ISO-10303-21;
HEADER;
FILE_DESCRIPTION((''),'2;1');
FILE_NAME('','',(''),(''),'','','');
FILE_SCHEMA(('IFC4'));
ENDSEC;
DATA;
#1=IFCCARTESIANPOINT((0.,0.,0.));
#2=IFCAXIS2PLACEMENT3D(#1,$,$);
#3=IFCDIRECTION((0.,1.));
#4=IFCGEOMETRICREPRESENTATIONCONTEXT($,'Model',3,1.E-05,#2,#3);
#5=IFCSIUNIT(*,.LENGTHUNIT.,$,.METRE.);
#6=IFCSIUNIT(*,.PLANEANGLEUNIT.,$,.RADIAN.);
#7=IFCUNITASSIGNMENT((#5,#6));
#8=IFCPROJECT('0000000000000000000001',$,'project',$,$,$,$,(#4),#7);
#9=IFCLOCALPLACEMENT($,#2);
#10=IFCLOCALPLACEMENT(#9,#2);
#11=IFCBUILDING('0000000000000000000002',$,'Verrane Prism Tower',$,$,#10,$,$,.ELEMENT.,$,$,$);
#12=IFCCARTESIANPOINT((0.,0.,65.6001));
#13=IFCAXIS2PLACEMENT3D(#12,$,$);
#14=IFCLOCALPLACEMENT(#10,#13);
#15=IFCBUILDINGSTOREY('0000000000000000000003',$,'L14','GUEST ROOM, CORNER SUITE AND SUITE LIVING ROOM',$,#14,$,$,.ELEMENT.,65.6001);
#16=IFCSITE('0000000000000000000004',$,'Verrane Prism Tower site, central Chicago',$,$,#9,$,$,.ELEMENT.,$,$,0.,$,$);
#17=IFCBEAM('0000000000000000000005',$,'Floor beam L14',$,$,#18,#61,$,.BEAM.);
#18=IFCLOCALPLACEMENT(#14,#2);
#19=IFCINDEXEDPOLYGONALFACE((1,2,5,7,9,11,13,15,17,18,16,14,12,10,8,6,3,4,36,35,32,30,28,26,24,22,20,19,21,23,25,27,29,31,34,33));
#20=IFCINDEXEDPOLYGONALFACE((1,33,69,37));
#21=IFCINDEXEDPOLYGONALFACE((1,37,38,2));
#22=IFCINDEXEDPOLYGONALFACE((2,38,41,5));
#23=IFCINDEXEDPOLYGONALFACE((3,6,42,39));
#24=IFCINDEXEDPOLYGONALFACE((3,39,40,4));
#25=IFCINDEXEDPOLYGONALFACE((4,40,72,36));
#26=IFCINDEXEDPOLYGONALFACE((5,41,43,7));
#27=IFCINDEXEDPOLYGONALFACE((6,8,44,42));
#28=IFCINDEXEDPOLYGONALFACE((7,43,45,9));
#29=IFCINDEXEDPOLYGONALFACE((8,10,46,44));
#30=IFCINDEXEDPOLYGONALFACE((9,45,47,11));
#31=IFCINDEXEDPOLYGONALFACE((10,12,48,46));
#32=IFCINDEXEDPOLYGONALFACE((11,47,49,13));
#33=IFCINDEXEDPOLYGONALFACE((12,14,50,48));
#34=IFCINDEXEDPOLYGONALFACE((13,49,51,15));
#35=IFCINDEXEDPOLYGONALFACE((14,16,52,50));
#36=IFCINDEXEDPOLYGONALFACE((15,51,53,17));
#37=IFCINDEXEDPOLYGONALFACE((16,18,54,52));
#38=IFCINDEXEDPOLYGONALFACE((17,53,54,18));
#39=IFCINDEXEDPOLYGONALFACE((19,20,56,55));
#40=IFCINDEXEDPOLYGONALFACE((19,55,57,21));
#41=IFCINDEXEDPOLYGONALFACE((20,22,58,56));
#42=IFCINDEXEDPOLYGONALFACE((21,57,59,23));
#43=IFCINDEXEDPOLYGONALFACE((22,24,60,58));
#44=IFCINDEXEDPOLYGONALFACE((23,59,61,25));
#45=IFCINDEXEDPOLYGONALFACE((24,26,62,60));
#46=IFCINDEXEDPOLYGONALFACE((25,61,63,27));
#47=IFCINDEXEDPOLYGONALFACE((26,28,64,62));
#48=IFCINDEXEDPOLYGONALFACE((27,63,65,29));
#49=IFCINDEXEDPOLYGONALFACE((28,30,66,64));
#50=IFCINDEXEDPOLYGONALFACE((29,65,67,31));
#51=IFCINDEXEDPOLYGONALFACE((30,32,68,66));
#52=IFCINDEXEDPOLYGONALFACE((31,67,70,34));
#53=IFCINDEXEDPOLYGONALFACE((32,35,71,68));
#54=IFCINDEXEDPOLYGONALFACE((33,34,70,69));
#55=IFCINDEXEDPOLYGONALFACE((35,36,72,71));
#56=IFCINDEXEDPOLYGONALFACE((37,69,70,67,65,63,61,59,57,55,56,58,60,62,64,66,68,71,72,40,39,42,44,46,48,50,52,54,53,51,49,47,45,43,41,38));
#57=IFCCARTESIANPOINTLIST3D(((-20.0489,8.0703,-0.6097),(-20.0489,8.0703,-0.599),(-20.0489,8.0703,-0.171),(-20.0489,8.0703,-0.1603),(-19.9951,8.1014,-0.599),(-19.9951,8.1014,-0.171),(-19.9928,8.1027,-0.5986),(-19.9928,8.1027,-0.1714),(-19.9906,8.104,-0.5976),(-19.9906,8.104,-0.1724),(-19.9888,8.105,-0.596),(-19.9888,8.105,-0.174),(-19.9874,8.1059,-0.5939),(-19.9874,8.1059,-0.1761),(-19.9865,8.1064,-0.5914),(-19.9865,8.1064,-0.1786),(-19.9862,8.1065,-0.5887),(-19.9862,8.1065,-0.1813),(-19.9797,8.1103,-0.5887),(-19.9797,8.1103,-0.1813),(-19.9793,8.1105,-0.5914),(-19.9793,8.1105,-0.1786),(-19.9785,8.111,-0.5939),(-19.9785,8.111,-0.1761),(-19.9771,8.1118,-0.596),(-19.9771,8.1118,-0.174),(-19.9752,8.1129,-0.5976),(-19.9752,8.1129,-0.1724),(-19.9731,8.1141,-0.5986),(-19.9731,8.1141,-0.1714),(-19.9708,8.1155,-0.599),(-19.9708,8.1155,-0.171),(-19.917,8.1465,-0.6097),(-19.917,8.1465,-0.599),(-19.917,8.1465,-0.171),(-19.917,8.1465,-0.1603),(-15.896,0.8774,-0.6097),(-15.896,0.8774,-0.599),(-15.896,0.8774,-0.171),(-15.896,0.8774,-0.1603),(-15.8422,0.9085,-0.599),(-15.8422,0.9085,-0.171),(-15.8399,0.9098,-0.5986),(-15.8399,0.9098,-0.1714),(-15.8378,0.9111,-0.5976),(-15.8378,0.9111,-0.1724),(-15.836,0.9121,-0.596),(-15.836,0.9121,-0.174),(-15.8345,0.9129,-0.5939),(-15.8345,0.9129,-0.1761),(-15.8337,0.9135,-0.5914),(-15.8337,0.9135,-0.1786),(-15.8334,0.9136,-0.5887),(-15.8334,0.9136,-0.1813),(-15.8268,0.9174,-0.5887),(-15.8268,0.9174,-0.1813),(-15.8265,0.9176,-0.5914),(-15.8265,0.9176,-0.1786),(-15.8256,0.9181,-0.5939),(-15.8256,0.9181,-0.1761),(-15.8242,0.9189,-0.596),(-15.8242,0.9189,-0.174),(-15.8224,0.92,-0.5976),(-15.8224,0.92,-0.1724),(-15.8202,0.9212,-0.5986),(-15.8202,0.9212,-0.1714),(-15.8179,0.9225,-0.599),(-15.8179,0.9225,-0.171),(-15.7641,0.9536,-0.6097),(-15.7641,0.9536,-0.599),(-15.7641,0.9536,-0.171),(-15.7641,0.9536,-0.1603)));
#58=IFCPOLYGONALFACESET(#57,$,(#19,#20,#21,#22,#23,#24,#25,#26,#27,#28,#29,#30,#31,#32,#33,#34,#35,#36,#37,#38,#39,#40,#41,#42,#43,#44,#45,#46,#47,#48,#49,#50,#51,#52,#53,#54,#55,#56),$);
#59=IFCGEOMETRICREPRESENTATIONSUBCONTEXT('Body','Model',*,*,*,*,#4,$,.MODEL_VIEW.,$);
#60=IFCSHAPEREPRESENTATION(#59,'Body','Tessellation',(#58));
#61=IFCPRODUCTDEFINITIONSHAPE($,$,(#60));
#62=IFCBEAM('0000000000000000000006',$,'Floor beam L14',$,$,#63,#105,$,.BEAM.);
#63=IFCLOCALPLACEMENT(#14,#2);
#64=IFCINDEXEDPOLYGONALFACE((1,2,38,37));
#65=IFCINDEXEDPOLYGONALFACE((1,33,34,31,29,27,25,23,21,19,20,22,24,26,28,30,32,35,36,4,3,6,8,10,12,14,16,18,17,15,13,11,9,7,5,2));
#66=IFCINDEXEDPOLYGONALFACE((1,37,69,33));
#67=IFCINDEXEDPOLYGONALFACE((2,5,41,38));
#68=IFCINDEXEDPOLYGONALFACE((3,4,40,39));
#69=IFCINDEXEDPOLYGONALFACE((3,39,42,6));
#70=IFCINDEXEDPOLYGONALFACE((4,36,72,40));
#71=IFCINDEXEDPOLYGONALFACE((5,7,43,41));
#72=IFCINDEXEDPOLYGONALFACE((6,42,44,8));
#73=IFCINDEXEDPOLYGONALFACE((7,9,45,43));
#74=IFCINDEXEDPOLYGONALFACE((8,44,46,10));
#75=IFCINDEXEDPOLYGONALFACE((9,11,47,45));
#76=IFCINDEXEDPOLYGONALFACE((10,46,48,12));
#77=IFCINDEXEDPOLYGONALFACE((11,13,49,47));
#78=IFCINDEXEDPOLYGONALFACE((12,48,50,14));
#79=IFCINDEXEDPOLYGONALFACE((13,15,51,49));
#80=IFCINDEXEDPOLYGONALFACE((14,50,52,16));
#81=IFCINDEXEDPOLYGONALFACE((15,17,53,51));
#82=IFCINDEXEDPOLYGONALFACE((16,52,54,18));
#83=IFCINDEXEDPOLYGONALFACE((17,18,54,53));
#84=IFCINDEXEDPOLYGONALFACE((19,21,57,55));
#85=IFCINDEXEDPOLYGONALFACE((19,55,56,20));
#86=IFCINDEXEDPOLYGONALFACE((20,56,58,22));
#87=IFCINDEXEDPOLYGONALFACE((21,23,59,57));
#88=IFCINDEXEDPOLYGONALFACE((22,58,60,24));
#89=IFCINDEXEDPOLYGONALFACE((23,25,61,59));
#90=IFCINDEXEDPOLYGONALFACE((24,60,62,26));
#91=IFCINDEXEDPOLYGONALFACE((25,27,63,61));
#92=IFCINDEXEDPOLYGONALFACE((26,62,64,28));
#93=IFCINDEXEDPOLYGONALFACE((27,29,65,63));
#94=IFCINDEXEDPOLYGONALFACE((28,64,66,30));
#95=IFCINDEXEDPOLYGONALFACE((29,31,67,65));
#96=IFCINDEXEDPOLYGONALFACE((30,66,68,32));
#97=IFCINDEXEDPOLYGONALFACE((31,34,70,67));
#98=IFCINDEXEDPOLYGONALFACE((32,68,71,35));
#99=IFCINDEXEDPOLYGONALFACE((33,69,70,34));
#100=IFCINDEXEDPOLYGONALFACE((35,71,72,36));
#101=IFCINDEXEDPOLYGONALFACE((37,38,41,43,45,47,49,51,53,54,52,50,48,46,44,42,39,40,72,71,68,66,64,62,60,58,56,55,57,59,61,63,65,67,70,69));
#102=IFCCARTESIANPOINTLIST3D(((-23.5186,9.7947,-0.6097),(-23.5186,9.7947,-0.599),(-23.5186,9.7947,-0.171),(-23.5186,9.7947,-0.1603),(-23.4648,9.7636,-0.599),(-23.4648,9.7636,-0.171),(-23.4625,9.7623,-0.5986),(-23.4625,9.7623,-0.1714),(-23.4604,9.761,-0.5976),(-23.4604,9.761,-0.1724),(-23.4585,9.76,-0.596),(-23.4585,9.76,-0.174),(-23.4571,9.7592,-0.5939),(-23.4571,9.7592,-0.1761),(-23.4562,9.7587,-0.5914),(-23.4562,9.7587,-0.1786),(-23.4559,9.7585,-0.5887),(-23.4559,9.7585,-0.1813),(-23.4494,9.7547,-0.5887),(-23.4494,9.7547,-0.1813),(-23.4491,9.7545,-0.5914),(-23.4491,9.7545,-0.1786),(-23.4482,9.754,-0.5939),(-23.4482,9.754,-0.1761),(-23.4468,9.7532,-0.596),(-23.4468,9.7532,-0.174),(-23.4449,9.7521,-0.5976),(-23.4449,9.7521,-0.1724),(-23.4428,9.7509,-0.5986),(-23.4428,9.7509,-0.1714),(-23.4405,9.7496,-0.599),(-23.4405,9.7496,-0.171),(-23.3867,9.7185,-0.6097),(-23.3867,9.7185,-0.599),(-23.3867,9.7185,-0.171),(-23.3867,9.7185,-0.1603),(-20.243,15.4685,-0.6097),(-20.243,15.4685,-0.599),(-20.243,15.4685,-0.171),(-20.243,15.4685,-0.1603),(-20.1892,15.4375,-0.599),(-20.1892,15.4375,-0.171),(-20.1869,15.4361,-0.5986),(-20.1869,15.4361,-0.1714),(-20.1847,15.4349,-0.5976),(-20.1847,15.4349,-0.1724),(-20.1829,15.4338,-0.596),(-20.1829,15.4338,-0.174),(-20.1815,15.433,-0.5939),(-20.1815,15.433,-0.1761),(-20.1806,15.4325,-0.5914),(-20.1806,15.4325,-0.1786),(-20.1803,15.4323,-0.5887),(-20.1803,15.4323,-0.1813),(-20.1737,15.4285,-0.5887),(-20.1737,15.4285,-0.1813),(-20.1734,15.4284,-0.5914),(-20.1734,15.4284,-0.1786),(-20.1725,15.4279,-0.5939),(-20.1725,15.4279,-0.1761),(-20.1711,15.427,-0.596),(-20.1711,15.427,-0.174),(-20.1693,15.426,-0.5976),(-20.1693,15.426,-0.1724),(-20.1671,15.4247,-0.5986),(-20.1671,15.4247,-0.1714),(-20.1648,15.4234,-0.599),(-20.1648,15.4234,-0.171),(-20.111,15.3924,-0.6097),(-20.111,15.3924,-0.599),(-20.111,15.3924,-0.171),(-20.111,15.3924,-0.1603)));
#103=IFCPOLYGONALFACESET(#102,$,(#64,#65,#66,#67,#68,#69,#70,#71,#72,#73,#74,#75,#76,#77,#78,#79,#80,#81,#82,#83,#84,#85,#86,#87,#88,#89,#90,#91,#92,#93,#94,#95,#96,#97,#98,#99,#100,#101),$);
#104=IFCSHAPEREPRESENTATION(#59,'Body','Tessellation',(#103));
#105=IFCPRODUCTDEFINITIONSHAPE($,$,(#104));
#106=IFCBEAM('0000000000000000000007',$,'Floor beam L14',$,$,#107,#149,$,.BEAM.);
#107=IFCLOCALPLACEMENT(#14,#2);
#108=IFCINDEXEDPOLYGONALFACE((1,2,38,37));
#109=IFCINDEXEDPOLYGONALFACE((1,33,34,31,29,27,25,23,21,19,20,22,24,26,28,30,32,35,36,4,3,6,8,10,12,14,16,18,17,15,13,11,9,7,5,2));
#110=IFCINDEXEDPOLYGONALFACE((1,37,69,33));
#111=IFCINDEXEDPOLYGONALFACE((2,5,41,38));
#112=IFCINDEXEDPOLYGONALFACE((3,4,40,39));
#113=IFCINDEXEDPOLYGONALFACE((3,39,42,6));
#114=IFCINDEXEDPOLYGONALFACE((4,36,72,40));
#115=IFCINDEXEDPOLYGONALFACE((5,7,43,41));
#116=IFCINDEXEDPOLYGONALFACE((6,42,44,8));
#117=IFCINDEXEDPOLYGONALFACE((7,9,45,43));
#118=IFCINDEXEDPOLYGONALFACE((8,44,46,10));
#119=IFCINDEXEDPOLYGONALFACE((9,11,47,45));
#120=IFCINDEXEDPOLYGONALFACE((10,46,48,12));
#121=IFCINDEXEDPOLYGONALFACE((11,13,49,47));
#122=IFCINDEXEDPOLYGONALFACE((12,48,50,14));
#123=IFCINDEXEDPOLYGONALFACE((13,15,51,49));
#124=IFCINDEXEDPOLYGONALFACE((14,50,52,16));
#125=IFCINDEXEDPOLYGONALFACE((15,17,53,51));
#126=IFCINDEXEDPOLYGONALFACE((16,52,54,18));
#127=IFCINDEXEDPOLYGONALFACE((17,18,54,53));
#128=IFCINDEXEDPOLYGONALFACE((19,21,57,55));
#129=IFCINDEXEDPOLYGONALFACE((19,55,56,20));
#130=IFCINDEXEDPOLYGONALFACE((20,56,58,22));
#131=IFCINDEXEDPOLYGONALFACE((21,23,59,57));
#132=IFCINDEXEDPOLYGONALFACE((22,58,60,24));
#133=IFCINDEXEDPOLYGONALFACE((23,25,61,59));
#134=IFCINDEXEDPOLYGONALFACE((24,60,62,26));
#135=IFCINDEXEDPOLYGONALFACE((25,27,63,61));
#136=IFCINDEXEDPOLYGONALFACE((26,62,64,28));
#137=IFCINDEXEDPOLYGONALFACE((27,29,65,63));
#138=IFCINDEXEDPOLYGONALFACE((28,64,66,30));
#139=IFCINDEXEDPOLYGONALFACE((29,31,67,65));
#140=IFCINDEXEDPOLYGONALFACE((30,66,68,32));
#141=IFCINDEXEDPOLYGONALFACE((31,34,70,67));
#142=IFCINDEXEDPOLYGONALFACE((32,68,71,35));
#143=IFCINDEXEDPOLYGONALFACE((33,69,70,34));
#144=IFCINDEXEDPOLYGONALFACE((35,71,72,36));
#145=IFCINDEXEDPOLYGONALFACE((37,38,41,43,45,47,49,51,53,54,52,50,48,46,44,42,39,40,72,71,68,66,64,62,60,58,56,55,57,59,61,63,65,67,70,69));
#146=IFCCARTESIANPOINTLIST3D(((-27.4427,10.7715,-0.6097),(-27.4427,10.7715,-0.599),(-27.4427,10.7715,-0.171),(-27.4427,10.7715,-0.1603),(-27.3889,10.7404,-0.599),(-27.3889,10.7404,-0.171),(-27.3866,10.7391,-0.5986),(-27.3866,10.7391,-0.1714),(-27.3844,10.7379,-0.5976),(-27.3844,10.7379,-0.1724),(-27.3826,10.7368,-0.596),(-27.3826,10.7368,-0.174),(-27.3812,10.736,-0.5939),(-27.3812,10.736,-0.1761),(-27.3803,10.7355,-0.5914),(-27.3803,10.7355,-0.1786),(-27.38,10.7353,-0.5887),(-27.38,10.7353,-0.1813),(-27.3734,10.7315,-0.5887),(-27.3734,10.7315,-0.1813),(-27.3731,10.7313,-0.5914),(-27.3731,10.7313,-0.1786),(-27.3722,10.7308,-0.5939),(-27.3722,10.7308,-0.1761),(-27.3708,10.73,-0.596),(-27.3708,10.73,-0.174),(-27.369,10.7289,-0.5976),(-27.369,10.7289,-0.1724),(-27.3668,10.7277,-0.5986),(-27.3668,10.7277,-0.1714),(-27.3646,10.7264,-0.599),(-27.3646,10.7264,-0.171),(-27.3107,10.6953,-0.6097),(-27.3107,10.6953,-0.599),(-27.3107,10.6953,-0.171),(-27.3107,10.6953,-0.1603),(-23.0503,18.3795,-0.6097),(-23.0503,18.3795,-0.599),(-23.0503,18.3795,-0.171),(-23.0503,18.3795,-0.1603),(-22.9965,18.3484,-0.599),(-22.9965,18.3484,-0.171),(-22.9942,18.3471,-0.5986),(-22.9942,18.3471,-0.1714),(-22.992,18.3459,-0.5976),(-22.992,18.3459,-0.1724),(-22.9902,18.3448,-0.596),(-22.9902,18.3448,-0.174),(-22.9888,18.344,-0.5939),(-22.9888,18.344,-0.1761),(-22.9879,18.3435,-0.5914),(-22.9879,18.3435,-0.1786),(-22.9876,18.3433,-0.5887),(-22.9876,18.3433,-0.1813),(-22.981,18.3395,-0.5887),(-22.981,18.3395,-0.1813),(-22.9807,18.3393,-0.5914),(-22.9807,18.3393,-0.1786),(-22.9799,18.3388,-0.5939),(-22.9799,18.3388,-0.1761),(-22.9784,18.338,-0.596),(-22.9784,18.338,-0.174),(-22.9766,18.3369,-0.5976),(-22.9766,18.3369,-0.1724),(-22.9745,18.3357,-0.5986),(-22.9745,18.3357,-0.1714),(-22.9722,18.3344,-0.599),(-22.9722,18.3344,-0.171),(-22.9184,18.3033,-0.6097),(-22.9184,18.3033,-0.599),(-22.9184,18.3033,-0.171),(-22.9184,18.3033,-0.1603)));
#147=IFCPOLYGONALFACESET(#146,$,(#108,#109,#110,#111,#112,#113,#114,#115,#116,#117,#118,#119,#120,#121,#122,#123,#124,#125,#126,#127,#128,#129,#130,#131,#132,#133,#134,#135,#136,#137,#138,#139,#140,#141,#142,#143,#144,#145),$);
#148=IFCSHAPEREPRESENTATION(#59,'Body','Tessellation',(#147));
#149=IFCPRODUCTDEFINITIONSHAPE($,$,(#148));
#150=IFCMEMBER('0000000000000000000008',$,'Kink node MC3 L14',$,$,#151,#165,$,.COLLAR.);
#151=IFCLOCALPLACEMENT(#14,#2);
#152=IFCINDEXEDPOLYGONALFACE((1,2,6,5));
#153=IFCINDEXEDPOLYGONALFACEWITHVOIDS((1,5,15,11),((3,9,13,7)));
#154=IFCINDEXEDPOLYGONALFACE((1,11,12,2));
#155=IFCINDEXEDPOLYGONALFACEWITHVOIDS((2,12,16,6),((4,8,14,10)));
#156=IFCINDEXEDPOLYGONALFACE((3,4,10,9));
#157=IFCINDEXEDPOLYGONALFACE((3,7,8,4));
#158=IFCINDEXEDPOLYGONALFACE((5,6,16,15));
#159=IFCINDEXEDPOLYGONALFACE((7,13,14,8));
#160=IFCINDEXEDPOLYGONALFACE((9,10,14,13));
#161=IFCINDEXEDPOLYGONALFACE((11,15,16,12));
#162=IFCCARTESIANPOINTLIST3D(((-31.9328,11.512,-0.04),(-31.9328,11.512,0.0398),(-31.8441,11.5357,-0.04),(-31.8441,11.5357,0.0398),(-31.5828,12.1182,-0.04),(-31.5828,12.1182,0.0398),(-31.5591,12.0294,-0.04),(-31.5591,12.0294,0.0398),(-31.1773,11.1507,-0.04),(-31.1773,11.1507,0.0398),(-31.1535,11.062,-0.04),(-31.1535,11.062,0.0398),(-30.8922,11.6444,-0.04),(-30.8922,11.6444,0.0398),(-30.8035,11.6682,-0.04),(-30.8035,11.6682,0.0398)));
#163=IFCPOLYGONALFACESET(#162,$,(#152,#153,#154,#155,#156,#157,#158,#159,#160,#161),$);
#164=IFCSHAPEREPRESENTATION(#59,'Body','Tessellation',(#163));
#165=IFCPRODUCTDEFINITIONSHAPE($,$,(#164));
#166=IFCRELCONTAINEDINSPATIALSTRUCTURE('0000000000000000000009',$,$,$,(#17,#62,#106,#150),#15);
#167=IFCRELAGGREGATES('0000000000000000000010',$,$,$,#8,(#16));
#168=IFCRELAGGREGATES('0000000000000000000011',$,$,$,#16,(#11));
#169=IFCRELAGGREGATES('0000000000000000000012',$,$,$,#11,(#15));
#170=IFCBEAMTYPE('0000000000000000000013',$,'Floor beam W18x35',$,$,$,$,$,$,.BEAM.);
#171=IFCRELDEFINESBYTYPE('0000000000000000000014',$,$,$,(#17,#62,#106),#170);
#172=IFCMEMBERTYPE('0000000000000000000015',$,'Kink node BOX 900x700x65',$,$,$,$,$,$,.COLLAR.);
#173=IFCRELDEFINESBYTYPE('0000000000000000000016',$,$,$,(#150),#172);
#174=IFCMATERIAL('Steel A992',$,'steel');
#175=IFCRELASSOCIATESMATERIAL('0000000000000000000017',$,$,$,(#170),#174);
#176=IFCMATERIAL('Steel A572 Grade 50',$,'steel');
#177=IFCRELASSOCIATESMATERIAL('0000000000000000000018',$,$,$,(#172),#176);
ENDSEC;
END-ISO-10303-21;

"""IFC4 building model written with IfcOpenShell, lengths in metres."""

from ifc_helpers import new_model, si_unit, direction, frame, origin, origin_2d, place, context, subcontext, project, spatial, hollow_rectangle, i_section, extrude, material, material_profile, profile_set, type_object, element, save


model = new_model("IFC4")

# Units and contexts
model_context = context("Model", 3, precision=1e-05, world=origin(), true_north=direction((0.0, 1.0)))
body_context = subcontext(model_context, "Body", "Model", "MODEL_VIEW")
ifc_project = project(units=[si_unit("LENGTHUNIT", "METRE"), si_unit("PLANEANGLEUNIT", "RADIAN")], contexts=[model_context])

# Site, building, storey
site_placement = place(None, origin())
site = spatial("IfcSite", under=ifc_project, at=site_placement, Name="Verrane Prism Tower site, central Chicago", CompositionType="ELEMENT", RefElevation=0.0)
building_placement = place(site_placement, origin())
building = spatial("IfcBuilding", under=site, at=building_placement, Name="Verrane Prism Tower", CompositionType="ELEMENT")
storey_placement = place(building_placement, frame((0.0, 0.0, 65.6001)))
storey = spatial("IfcBuildingStorey", under=building, at=storey_placement, Name="L14", Description="GUEST ROOM, CORNER SUITE AND SUITE LIVING ROOM", CompositionType="ELEMENT", Elevation=65.6001)

# Beams
ifc_material_1 = material(Name="Steel A992", Category="steel")
ifc_material_profile_1 = material_profile(ifc_material_1, i_section(OverallWidth=0.1523, OverallDepth=0.4495, WebThickness=0.0076, FlangeThickness=0.0107, FilletRadius=0.0103, at=origin_2d()), Name="W18x35")
ifc_profile_set_1 = profile_set([ifc_material_profile_1], Name="Steel A992")
beam_type_1 = type_object("IfcBeamType", Name="Floor beam W18x35", PredefinedType="BEAM", material=ifc_profile_set_1)
beam_1_placement = place(storey_placement, frame((-15.8301, 0.9155, -0.385), z_axis=(-0.500002, 0.866024, 0.0), x_axis=(-0.866024, -0.500002, 0.0)))
element("IfcBeam", 1, at=beam_1_placement, inside=storey, type_object=beam_type_1, Name="Floor beam L14", PredefinedType="BEAM", context=body_context, shape_type="SweptSolid", body=[
    extrude(i_section(OverallWidth=0.1523, OverallDepth=0.4495, WebThickness=0.0076, FlangeThickness=0.0107, FilletRadius=0.0103, at=origin_2d()), origin(), (0.0, 0.0, 1.0), 8.3057),
])
beam_2_placement = place(storey_placement, frame((-23.4526, 9.7566, -0.385), z_axis=(0.499983, 0.866035, 0.0), x_axis=(-0.866035, 0.499983, 0.0)))
element("IfcBeam", 2, at=beam_2_placement, inside=storey, type_object=beam_type_1, Name="Floor beam L14", PredefinedType="BEAM", context=body_context, shape_type="SweptSolid", body=[
    extrude(i_section(OverallWidth=0.1523, OverallDepth=0.4495, WebThickness=0.0076, FlangeThickness=0.0107, FilletRadius=0.0103, at=origin_2d()), origin(), (0.0, 0.0, 1.0), 6.5515),
])
beam_3_placement = place(storey_placement, frame((-27.3767, 10.7334, -0.385), z_axis=(0.499992, 0.86603, 0.0), x_axis=(-0.86603, 0.499992, 0.0)))
element("IfcBeam", 3, at=beam_3_placement, inside=storey, type_object=beam_type_1, Name="Floor beam L14", PredefinedType="BEAM", context=body_context, shape_type="SweptSolid", body=[
    extrude(i_section(OverallWidth=0.1523, OverallDepth=0.4495, WebThickness=0.0076, FlangeThickness=0.0107, FilletRadius=0.0103, at=origin_2d()), origin(), (0.0, 0.0, 1.0), 8.7849),
])

# Member
ifc_material_2 = material(Name="Steel A572 Grade 50", Category="steel")
ifc_material_profile_2 = material_profile(ifc_material_2, hollow_rectangle(XDim=0.7, YDim=0.8999, WallThickness=0.0649, at=origin_2d()), Name="BOX 900x700x65")
ifc_profile_set_2 = profile_set([ifc_material_profile_2], Name="Steel A572 Grade 50")
member_type_1 = type_object("IfcMemberType", Name="Kink node BOX 900x700x65", PredefinedType="COLLAR", material=ifc_profile_set_2)
member_1_placement = place(storey_placement, frame((-31.3682, 11.5901, -0.04), z_axis=(0.0, 0.0, 1.0), x_axis=(0.5, 0.866025, 0.0)))
element("IfcMember", 4, at=member_1_placement, inside=storey, type_object=member_type_1, Name="Kink node MC3 L14", PredefinedType="COLLAR", context=body_context, shape_type="SweptSolid", body=[
    extrude(hollow_rectangle(XDim=0.7, YDim=0.8999, WallThickness=0.0649, at=origin_2d()), origin(), (0.0, 0.0, 1.0), 0.0798),
])

save(model, "model.ifc")
